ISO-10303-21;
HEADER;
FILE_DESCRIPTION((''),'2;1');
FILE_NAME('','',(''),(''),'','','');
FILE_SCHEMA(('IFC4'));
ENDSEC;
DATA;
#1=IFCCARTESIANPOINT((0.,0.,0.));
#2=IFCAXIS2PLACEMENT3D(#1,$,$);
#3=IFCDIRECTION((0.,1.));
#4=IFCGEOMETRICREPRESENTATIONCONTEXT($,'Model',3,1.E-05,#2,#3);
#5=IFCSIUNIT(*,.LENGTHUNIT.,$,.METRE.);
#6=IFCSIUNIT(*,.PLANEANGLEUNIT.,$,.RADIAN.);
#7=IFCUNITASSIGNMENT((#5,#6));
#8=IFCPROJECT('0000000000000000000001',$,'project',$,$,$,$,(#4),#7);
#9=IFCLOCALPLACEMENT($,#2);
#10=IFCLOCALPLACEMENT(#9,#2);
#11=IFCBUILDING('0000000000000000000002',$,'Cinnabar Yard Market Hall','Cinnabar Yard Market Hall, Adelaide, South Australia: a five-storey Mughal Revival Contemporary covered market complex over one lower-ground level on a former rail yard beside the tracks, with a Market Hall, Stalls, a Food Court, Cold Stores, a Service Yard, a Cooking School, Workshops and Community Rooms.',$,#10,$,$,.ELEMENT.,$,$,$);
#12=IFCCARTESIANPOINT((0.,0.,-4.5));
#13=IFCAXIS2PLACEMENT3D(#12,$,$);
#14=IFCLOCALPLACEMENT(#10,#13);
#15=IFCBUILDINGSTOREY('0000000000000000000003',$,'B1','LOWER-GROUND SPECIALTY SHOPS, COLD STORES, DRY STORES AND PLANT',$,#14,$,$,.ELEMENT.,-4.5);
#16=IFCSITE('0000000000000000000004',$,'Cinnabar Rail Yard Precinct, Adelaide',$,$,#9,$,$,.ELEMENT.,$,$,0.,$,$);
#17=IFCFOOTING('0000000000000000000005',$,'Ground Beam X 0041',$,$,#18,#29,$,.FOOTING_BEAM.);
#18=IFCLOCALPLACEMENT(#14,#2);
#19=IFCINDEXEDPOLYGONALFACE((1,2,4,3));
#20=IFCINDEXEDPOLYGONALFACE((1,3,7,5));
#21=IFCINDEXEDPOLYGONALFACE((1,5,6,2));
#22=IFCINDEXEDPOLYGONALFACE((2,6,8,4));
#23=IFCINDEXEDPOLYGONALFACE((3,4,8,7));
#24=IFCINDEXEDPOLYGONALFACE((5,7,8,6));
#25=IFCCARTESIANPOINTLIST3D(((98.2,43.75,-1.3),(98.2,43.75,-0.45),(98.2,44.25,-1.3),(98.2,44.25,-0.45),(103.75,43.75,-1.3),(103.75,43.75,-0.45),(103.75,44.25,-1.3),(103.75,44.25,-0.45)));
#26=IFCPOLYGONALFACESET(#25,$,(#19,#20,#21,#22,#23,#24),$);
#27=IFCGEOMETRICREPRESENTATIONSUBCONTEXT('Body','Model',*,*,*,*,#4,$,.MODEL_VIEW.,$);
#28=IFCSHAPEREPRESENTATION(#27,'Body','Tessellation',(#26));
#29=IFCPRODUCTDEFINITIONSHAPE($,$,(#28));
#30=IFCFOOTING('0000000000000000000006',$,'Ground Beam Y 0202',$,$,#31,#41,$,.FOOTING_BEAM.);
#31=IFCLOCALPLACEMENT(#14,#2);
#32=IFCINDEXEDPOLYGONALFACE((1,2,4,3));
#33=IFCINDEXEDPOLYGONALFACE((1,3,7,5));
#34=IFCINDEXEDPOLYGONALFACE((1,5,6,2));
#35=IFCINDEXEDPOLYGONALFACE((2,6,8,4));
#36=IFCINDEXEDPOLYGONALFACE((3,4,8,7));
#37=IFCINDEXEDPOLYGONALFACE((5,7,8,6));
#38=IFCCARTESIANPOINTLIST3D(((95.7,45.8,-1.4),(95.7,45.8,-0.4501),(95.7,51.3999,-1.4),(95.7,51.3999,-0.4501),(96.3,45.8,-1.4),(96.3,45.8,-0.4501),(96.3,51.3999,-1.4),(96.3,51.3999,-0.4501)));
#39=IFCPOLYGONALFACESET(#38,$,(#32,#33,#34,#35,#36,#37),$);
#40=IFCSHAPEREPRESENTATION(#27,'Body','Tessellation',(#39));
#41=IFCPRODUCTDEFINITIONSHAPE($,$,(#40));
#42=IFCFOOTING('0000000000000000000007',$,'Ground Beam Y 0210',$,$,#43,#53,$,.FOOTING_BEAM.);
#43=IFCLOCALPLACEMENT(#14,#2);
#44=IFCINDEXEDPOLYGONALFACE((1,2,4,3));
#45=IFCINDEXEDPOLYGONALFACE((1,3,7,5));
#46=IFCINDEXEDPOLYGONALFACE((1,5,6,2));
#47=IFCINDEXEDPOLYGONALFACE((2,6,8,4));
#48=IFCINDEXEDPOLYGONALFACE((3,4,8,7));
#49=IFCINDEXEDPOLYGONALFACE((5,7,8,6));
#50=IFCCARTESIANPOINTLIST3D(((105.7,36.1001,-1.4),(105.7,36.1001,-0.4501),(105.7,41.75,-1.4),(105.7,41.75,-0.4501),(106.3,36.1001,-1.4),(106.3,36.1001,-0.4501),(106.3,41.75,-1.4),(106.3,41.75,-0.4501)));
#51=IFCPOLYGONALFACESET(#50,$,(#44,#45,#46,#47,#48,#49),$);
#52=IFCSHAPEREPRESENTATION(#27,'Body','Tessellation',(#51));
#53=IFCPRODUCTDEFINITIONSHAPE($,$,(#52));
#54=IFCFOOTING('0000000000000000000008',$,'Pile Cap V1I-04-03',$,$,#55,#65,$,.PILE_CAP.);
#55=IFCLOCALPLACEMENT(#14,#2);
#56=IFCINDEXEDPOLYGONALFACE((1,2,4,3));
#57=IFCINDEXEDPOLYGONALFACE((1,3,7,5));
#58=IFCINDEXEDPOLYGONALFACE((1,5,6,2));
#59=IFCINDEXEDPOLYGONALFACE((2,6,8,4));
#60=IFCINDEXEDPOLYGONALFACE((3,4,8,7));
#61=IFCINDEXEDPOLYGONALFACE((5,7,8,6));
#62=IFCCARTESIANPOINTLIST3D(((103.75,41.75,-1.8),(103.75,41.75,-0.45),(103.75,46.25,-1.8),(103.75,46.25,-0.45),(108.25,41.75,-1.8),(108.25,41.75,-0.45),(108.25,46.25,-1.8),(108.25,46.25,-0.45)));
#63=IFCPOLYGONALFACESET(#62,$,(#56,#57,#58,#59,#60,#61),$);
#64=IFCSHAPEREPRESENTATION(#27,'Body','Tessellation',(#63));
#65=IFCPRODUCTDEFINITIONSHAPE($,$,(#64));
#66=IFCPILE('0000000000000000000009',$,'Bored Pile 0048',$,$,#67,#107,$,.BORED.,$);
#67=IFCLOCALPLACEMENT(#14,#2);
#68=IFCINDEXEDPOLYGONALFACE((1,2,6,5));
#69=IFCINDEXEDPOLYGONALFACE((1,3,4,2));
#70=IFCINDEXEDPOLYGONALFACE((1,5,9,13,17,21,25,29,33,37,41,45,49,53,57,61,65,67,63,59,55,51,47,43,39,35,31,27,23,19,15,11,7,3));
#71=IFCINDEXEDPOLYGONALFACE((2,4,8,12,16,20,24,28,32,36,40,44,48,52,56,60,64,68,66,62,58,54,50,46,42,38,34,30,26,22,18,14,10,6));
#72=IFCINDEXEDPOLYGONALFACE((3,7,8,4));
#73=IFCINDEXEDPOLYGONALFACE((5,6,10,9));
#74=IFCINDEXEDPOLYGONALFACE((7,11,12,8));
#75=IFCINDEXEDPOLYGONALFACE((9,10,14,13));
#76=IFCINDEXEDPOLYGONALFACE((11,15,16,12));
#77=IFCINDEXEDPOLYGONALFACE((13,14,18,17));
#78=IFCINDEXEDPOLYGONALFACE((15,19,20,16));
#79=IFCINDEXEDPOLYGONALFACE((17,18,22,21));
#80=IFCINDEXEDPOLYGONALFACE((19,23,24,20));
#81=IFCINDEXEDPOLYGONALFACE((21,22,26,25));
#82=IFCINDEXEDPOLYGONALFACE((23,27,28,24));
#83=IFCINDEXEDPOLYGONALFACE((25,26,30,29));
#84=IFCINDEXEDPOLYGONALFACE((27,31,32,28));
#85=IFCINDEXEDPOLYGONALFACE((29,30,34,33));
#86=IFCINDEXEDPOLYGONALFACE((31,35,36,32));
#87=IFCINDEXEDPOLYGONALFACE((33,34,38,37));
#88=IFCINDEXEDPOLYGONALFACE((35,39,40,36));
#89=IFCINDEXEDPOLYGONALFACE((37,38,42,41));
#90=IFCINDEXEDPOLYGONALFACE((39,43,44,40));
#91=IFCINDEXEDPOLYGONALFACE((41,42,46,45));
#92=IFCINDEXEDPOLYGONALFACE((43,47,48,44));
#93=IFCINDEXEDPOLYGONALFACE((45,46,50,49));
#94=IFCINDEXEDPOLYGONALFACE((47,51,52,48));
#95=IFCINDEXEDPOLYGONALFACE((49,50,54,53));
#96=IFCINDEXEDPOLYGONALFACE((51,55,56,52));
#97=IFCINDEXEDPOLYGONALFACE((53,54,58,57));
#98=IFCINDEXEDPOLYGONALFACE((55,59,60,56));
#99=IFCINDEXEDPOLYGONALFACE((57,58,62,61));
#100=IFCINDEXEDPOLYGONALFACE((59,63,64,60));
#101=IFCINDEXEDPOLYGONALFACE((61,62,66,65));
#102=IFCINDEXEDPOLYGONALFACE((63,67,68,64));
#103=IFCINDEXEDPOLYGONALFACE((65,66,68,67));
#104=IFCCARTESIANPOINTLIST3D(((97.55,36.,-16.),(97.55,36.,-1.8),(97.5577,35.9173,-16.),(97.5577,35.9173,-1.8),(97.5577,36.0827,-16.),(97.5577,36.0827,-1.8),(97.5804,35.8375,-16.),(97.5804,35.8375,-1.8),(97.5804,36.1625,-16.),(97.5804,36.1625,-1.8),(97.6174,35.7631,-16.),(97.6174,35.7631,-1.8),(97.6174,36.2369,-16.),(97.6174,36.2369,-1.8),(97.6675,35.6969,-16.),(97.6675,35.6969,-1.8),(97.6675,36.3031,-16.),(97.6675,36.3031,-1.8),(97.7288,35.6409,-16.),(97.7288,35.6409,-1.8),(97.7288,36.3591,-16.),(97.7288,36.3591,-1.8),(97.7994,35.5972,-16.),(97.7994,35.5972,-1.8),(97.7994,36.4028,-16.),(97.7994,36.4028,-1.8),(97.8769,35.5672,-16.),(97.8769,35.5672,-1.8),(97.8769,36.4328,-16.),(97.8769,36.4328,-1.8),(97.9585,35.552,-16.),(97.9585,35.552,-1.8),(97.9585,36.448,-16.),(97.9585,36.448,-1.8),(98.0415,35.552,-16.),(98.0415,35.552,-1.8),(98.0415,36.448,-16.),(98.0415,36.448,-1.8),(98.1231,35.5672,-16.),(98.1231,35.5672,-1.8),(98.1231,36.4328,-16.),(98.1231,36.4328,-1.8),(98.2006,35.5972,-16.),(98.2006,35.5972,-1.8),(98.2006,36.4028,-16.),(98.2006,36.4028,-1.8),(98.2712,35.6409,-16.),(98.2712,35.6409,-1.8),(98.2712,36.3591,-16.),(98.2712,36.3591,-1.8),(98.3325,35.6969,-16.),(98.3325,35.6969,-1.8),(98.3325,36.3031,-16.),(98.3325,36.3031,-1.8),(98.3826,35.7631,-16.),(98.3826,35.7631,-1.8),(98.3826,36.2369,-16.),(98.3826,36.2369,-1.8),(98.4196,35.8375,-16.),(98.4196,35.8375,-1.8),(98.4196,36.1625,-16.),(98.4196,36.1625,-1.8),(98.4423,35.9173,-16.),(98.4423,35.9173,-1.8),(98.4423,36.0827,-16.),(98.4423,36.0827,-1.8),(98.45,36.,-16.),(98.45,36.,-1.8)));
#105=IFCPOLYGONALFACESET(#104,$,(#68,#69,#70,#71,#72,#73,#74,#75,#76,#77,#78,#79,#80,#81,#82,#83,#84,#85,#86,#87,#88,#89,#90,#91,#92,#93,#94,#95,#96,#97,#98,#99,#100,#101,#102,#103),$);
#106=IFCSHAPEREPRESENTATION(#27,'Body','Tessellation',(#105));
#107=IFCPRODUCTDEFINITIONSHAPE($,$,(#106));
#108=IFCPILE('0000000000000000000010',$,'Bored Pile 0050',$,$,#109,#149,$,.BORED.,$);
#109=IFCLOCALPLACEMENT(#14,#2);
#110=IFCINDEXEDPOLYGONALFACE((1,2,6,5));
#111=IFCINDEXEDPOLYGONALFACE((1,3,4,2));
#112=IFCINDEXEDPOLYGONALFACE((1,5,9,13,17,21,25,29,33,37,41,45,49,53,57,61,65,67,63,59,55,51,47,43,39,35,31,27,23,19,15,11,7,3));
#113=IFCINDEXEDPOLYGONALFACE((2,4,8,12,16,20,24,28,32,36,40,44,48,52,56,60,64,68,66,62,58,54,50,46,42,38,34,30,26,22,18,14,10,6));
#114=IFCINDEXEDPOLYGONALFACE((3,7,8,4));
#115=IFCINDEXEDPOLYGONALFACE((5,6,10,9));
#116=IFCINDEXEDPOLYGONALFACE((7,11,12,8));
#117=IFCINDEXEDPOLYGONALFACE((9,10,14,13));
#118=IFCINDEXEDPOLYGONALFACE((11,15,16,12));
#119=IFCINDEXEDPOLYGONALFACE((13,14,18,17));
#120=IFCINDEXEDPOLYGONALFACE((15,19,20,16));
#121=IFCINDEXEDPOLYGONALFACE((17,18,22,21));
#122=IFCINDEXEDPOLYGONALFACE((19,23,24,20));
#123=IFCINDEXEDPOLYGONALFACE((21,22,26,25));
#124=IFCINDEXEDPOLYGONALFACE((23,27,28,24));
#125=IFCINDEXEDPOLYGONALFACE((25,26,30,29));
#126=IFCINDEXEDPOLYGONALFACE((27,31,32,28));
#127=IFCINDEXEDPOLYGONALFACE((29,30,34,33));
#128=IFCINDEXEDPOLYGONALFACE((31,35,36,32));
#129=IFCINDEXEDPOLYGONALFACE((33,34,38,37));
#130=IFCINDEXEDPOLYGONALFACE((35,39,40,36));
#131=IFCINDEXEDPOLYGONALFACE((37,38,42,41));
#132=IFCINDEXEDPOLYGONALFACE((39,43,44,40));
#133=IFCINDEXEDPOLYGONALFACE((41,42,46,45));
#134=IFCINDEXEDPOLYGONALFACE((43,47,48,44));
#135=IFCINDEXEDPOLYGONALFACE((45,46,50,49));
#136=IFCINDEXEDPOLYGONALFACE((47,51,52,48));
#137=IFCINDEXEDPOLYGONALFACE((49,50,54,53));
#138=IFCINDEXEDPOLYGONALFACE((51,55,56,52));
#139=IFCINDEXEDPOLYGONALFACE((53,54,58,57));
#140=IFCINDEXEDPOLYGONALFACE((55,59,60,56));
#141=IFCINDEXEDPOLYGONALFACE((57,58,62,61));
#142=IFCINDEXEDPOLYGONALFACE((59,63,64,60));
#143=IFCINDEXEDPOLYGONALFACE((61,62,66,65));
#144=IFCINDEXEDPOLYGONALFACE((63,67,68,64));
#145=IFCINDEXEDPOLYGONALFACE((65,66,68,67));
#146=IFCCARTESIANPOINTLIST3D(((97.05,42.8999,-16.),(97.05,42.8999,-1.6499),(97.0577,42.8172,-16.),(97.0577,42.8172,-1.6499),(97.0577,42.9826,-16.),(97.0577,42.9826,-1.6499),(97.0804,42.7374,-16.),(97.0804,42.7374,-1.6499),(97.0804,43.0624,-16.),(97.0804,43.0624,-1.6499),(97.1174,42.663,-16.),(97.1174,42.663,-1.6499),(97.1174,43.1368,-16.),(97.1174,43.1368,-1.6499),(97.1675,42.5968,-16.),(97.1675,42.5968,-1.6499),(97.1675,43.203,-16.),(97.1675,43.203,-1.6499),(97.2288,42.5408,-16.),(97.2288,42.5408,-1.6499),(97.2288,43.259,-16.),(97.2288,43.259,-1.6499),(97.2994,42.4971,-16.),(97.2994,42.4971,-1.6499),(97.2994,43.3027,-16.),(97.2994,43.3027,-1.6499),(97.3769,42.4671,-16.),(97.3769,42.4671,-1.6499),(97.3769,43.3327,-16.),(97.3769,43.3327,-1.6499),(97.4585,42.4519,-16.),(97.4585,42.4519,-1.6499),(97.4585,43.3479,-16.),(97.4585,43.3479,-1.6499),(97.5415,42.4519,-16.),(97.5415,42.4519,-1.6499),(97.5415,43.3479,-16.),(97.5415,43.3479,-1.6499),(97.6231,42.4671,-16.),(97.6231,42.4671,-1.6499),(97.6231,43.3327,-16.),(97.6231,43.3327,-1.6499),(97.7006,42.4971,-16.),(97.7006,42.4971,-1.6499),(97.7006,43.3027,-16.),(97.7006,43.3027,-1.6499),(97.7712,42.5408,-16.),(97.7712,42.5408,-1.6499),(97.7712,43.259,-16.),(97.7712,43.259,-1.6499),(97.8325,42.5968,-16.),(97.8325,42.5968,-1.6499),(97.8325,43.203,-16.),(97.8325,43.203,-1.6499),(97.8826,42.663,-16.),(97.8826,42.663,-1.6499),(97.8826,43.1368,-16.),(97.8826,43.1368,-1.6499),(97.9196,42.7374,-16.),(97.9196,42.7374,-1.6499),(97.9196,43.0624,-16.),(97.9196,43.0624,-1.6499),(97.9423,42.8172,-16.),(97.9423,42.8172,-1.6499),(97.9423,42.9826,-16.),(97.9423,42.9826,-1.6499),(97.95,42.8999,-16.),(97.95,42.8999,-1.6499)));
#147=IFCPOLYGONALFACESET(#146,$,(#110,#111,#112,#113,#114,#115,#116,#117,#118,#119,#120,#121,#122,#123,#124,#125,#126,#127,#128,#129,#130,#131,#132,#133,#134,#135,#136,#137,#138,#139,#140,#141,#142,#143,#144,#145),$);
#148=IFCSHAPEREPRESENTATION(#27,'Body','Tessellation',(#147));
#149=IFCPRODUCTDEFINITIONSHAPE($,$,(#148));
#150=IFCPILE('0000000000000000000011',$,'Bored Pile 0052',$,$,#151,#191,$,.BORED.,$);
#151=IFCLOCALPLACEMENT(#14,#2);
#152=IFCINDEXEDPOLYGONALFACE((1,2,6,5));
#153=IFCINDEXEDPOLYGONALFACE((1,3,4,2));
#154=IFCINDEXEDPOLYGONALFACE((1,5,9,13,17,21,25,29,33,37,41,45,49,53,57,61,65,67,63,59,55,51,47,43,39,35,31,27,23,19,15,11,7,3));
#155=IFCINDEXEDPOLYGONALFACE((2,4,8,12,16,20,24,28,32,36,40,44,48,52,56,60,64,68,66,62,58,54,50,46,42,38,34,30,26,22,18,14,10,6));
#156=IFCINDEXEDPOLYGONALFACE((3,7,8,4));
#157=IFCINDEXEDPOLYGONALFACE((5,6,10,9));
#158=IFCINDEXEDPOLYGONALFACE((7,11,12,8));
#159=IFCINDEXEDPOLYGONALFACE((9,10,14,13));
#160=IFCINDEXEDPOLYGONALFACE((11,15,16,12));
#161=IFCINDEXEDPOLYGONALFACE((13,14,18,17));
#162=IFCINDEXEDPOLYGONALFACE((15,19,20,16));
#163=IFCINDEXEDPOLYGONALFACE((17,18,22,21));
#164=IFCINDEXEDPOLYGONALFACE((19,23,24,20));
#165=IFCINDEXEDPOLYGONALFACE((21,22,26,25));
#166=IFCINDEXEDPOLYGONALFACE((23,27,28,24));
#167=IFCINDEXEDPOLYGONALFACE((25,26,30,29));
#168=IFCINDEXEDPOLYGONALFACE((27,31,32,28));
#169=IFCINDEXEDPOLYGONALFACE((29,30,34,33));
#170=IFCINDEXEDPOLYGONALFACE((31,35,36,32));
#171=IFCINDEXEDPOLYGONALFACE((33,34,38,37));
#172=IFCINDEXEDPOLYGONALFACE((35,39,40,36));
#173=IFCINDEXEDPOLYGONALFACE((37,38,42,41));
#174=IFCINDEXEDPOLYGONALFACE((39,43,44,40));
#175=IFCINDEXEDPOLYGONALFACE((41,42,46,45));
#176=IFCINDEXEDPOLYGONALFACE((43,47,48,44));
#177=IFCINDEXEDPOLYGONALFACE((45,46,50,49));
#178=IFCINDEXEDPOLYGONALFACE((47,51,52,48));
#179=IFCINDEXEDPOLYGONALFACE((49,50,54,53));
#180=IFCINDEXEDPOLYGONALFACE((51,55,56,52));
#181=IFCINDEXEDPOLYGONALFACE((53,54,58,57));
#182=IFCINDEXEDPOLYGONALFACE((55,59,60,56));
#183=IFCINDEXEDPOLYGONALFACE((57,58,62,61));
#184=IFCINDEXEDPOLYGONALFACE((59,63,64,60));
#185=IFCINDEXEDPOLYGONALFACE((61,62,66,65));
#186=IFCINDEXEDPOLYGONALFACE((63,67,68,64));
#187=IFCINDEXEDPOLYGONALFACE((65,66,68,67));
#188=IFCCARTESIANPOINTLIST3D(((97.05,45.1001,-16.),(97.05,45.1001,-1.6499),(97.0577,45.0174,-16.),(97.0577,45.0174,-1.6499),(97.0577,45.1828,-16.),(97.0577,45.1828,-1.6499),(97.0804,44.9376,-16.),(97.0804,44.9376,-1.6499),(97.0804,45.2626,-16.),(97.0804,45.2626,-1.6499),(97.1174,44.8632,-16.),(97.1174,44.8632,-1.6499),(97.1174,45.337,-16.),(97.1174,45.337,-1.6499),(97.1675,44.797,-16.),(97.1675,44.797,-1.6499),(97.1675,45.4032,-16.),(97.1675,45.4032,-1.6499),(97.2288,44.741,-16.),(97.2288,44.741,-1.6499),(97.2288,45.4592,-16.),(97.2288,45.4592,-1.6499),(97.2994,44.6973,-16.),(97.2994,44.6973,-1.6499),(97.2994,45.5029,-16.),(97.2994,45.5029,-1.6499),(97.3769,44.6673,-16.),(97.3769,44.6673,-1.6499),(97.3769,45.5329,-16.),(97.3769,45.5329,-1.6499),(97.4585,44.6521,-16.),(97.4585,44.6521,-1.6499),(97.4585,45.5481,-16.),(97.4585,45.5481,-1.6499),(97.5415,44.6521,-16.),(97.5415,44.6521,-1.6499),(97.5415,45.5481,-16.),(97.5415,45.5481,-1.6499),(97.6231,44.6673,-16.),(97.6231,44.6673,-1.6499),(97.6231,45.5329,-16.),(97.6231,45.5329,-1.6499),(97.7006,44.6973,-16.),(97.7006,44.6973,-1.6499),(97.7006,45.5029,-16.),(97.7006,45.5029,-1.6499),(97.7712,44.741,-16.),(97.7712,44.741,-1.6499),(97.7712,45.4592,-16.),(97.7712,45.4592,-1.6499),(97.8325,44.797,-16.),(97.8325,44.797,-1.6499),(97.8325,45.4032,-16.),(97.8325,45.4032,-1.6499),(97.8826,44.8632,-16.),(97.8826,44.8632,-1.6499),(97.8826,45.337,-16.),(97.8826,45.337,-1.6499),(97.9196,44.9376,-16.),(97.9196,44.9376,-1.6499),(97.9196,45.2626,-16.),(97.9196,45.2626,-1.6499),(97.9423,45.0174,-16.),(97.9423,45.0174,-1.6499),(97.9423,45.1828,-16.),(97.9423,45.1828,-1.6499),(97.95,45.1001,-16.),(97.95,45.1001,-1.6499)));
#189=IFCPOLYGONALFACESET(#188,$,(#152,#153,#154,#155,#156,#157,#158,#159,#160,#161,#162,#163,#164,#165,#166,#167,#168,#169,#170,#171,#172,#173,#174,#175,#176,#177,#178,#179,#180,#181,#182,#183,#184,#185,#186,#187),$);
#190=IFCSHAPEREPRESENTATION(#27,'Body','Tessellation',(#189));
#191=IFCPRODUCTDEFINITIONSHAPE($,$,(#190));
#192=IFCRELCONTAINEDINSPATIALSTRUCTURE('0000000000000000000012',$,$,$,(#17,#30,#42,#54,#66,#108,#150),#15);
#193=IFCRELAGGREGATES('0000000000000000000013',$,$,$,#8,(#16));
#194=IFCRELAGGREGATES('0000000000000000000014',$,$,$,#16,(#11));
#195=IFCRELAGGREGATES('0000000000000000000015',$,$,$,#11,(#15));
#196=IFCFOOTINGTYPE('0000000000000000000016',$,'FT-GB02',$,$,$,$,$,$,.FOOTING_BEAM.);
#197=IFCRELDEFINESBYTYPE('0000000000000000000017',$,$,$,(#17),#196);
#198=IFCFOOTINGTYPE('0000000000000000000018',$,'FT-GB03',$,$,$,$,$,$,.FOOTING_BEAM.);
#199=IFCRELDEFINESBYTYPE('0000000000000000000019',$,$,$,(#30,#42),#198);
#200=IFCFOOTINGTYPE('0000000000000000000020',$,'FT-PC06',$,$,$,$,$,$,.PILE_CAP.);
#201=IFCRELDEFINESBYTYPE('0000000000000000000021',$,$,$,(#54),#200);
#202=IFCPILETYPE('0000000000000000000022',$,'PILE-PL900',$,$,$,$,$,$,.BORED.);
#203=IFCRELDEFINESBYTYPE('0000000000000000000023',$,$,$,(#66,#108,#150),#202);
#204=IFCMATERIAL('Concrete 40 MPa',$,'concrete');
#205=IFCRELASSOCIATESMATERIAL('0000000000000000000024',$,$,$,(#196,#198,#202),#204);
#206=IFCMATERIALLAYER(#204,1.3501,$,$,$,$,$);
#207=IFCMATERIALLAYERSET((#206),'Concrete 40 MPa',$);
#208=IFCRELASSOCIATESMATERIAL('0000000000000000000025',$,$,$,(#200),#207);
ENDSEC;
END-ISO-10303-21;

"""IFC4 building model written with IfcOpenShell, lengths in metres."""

from ifc_helpers import new_model, si_unit, direction, frame, origin, origin_2d_with_axis, place, context, subcontext, project, spatial, rectangle, circle, extrude, material, layer, layer_set, material_profile, profile_set, type_object, element, save


model = new_model("IFC4")

# Units and contexts
model_context = context("Model", 3, precision=1e-05, world=origin(), true_north=direction((0.0, 1.0)))
body_context = subcontext(model_context, "Body", "Model", "MODEL_VIEW")
ifc_project = project(units=[si_unit("LENGTHUNIT", "METRE"), si_unit("PLANEANGLEUNIT", "RADIAN")], contexts=[model_context])

# Site, building, storey
site_placement = place(None, origin())
site = spatial("IfcSite", under=ifc_project, at=site_placement, Name="Cinnabar Rail Yard Precinct, Adelaide", CompositionType="ELEMENT", RefElevation=0.0)
building_placement = place(site_placement, origin())
building = spatial("IfcBuilding", under=site, at=building_placement, Name="Cinnabar Yard Market Hall", Description="Cinnabar Yard Market Hall, Adelaide, South Australia: a five-storey Mughal Revival Contemporary covered market complex over one lower-ground level on a former rail yard beside the tracks, with a Market Hall, Stalls, a Food Court, Cold Stores, a Service Yard, a Cooking School, Workshops and Community Rooms.", CompositionType="ELEMENT")
storey_placement = place(building_placement, frame((0.0, 0.0, -4.5)))
storey = spatial("IfcBuildingStorey", under=building, at=storey_placement, Name="B1", Description="LOWER-GROUND SPECIALTY SHOPS, COLD STORES, DRY STORES AND PLANT", CompositionType="ELEMENT", Elevation=-4.5)

# Footings
ifc_material_1 = material(Name="Concrete 40 MPa", Category="concrete")
ifc_material_profile_1 = material_profile(ifc_material_1, rectangle(XDim=0.5, YDim=0.8501, at=origin_2d_with_axis()), Name="GB-500x850")
ifc_profile_set_1 = profile_set([ifc_material_profile_1], Name="Concrete 40 MPa")
footing_type_1 = type_object("IfcFootingType", Name="FT-GB02", PredefinedType="FOOTING_BEAM", material=ifc_profile_set_1)
footing_1_placement = place(storey_placement, frame((98.2, 44.0, -0.875), z_axis=(1.0, 0.0, 0.0), x_axis=(0.0, 1.0, 0.0)))
element("IfcFooting", 1, at=footing_1_placement, inside=storey, type_object=footing_type_1, Name="Ground Beam X 0041", PredefinedType="FOOTING_BEAM", context=body_context, shape_type="SweptSolid", body=[
    extrude(rectangle(XDim=0.5, YDim=0.8501, at=origin_2d_with_axis()), origin(), (0.0, 0.0, 1.0), 5.55),
])
ifc_material_profile_2 = material_profile(ifc_material_1, rectangle(XDim=0.6001, YDim=0.95, at=origin_2d_with_axis()), Name="GB-600x950")
ifc_profile_set_2 = profile_set([ifc_material_profile_2], Name="Concrete 40 MPa")
footing_type_2 = type_object("IfcFootingType", Name="FT-GB03", PredefinedType="FOOTING_BEAM", material=ifc_profile_set_2)
footing_2_placement = place(storey_placement, frame((96.0, 45.8, -0.925), z_axis=(0.0, 1.0, 0.0), x_axis=(-1.0, 0.0, 0.0)))
element("IfcFooting", 2, at=footing_2_placement, inside=storey, type_object=footing_type_2, Name="Ground Beam Y 0202", PredefinedType="FOOTING_BEAM", context=body_context, shape_type="SweptSolid", body=[
    extrude(rectangle(XDim=0.6001, YDim=0.95, at=origin_2d_with_axis()), origin(), (0.0, 0.0, 1.0), 5.5999),
])
footing_3_placement = place(storey_placement, frame((106.0, 36.1001, -0.925), z_axis=(0.0, 1.0, 0.0), x_axis=(-1.0, 0.0, 0.0)))
element("IfcFooting", 3, at=footing_3_placement, inside=storey, type_object=footing_type_2, Name="Ground Beam Y 0210", PredefinedType="FOOTING_BEAM", context=body_context, shape_type="SweptSolid", body=[
    extrude(rectangle(XDim=0.6001, YDim=0.95, at=origin_2d_with_axis()), origin(), (0.0, 0.0, 1.0), 5.6499),
])
ifc_layer_1 = layer(ifc_material_1, 1.3501)
ifc_layer_set_1 = layer_set([ifc_layer_1], Name="Concrete 40 MPa")
footing_type_3 = type_object("IfcFootingType", Name="FT-PC06", PredefinedType="PILE_CAP", material=ifc_layer_set_1)
footing_4_placement = place(storey_placement, frame((106.0, 44.0, -1.8), z_axis=(0.0, 0.0, 1.0), x_axis=(1.0, 0.0, 0.0)))
element("IfcFooting", 4, at=footing_4_placement, inside=storey, type_object=footing_type_3, Name="Pile Cap V1I-04-03", PredefinedType="PILE_CAP", context=body_context, shape_type="SweptSolid", body=[
    extrude(rectangle(XDim=4.5, YDim=4.5, at=origin_2d_with_axis()), origin(), (0.0, 0.0, 1.0), 1.3501),
])

# Piles
ifc_material_profile_3 = material_profile(ifc_material_1, circle(Radius=0.45, at=origin_2d_with_axis()), Name="PILE-D900")
ifc_profile_set_3 = profile_set([ifc_material_profile_3], Name="Concrete 40 MPa")
pile_type = type_object("IfcPileType", Name="PILE-PL900", PredefinedType="BORED", material=ifc_profile_set_3)
pile_1_placement = place(storey_placement, frame((98.0, 36.0, -1.8), z_axis=(0.0, 0.0, -1.0), x_axis=(1.0, 0.0, 0.0)))
element("IfcPile", 5, at=pile_1_placement, inside=storey, type_object=pile_type, Name="Bored Pile 0048", PredefinedType="BORED", context=body_context, shape_type="SweptSolid", body=[
    extrude(circle(Radius=0.45, at=origin_2d_with_axis()), origin(), (0.0, 0.0, 1.0), 14.2),
])
for number, where, z_axis, x_axis, name in (
    (6, (97.5, 42.8999, -1.6499), (0.0, 0.0, -1.0), (1.0, 0.0, 0.0), "Bored Pile 0050"),
    (7, (97.5, 45.1001, -1.6499), (0.0, 0.0, -1.0), (1.0, 0.0, 0.0), "Bored Pile 0052"),
):
    element("IfcPile", number, at=place(storey_placement, frame(where, z_axis=z_axis, x_axis=x_axis)), inside=storey, type_object=pile_type, Name=name, PredefinedType="BORED", context=body_context, shape_type="SweptSolid", body=[
        extrude(circle(Radius=0.45, at=origin_2d_with_axis()), origin(), (0.0, 0.0, 1.0), 14.3501),
    ])

save(model, "model.ifc")
